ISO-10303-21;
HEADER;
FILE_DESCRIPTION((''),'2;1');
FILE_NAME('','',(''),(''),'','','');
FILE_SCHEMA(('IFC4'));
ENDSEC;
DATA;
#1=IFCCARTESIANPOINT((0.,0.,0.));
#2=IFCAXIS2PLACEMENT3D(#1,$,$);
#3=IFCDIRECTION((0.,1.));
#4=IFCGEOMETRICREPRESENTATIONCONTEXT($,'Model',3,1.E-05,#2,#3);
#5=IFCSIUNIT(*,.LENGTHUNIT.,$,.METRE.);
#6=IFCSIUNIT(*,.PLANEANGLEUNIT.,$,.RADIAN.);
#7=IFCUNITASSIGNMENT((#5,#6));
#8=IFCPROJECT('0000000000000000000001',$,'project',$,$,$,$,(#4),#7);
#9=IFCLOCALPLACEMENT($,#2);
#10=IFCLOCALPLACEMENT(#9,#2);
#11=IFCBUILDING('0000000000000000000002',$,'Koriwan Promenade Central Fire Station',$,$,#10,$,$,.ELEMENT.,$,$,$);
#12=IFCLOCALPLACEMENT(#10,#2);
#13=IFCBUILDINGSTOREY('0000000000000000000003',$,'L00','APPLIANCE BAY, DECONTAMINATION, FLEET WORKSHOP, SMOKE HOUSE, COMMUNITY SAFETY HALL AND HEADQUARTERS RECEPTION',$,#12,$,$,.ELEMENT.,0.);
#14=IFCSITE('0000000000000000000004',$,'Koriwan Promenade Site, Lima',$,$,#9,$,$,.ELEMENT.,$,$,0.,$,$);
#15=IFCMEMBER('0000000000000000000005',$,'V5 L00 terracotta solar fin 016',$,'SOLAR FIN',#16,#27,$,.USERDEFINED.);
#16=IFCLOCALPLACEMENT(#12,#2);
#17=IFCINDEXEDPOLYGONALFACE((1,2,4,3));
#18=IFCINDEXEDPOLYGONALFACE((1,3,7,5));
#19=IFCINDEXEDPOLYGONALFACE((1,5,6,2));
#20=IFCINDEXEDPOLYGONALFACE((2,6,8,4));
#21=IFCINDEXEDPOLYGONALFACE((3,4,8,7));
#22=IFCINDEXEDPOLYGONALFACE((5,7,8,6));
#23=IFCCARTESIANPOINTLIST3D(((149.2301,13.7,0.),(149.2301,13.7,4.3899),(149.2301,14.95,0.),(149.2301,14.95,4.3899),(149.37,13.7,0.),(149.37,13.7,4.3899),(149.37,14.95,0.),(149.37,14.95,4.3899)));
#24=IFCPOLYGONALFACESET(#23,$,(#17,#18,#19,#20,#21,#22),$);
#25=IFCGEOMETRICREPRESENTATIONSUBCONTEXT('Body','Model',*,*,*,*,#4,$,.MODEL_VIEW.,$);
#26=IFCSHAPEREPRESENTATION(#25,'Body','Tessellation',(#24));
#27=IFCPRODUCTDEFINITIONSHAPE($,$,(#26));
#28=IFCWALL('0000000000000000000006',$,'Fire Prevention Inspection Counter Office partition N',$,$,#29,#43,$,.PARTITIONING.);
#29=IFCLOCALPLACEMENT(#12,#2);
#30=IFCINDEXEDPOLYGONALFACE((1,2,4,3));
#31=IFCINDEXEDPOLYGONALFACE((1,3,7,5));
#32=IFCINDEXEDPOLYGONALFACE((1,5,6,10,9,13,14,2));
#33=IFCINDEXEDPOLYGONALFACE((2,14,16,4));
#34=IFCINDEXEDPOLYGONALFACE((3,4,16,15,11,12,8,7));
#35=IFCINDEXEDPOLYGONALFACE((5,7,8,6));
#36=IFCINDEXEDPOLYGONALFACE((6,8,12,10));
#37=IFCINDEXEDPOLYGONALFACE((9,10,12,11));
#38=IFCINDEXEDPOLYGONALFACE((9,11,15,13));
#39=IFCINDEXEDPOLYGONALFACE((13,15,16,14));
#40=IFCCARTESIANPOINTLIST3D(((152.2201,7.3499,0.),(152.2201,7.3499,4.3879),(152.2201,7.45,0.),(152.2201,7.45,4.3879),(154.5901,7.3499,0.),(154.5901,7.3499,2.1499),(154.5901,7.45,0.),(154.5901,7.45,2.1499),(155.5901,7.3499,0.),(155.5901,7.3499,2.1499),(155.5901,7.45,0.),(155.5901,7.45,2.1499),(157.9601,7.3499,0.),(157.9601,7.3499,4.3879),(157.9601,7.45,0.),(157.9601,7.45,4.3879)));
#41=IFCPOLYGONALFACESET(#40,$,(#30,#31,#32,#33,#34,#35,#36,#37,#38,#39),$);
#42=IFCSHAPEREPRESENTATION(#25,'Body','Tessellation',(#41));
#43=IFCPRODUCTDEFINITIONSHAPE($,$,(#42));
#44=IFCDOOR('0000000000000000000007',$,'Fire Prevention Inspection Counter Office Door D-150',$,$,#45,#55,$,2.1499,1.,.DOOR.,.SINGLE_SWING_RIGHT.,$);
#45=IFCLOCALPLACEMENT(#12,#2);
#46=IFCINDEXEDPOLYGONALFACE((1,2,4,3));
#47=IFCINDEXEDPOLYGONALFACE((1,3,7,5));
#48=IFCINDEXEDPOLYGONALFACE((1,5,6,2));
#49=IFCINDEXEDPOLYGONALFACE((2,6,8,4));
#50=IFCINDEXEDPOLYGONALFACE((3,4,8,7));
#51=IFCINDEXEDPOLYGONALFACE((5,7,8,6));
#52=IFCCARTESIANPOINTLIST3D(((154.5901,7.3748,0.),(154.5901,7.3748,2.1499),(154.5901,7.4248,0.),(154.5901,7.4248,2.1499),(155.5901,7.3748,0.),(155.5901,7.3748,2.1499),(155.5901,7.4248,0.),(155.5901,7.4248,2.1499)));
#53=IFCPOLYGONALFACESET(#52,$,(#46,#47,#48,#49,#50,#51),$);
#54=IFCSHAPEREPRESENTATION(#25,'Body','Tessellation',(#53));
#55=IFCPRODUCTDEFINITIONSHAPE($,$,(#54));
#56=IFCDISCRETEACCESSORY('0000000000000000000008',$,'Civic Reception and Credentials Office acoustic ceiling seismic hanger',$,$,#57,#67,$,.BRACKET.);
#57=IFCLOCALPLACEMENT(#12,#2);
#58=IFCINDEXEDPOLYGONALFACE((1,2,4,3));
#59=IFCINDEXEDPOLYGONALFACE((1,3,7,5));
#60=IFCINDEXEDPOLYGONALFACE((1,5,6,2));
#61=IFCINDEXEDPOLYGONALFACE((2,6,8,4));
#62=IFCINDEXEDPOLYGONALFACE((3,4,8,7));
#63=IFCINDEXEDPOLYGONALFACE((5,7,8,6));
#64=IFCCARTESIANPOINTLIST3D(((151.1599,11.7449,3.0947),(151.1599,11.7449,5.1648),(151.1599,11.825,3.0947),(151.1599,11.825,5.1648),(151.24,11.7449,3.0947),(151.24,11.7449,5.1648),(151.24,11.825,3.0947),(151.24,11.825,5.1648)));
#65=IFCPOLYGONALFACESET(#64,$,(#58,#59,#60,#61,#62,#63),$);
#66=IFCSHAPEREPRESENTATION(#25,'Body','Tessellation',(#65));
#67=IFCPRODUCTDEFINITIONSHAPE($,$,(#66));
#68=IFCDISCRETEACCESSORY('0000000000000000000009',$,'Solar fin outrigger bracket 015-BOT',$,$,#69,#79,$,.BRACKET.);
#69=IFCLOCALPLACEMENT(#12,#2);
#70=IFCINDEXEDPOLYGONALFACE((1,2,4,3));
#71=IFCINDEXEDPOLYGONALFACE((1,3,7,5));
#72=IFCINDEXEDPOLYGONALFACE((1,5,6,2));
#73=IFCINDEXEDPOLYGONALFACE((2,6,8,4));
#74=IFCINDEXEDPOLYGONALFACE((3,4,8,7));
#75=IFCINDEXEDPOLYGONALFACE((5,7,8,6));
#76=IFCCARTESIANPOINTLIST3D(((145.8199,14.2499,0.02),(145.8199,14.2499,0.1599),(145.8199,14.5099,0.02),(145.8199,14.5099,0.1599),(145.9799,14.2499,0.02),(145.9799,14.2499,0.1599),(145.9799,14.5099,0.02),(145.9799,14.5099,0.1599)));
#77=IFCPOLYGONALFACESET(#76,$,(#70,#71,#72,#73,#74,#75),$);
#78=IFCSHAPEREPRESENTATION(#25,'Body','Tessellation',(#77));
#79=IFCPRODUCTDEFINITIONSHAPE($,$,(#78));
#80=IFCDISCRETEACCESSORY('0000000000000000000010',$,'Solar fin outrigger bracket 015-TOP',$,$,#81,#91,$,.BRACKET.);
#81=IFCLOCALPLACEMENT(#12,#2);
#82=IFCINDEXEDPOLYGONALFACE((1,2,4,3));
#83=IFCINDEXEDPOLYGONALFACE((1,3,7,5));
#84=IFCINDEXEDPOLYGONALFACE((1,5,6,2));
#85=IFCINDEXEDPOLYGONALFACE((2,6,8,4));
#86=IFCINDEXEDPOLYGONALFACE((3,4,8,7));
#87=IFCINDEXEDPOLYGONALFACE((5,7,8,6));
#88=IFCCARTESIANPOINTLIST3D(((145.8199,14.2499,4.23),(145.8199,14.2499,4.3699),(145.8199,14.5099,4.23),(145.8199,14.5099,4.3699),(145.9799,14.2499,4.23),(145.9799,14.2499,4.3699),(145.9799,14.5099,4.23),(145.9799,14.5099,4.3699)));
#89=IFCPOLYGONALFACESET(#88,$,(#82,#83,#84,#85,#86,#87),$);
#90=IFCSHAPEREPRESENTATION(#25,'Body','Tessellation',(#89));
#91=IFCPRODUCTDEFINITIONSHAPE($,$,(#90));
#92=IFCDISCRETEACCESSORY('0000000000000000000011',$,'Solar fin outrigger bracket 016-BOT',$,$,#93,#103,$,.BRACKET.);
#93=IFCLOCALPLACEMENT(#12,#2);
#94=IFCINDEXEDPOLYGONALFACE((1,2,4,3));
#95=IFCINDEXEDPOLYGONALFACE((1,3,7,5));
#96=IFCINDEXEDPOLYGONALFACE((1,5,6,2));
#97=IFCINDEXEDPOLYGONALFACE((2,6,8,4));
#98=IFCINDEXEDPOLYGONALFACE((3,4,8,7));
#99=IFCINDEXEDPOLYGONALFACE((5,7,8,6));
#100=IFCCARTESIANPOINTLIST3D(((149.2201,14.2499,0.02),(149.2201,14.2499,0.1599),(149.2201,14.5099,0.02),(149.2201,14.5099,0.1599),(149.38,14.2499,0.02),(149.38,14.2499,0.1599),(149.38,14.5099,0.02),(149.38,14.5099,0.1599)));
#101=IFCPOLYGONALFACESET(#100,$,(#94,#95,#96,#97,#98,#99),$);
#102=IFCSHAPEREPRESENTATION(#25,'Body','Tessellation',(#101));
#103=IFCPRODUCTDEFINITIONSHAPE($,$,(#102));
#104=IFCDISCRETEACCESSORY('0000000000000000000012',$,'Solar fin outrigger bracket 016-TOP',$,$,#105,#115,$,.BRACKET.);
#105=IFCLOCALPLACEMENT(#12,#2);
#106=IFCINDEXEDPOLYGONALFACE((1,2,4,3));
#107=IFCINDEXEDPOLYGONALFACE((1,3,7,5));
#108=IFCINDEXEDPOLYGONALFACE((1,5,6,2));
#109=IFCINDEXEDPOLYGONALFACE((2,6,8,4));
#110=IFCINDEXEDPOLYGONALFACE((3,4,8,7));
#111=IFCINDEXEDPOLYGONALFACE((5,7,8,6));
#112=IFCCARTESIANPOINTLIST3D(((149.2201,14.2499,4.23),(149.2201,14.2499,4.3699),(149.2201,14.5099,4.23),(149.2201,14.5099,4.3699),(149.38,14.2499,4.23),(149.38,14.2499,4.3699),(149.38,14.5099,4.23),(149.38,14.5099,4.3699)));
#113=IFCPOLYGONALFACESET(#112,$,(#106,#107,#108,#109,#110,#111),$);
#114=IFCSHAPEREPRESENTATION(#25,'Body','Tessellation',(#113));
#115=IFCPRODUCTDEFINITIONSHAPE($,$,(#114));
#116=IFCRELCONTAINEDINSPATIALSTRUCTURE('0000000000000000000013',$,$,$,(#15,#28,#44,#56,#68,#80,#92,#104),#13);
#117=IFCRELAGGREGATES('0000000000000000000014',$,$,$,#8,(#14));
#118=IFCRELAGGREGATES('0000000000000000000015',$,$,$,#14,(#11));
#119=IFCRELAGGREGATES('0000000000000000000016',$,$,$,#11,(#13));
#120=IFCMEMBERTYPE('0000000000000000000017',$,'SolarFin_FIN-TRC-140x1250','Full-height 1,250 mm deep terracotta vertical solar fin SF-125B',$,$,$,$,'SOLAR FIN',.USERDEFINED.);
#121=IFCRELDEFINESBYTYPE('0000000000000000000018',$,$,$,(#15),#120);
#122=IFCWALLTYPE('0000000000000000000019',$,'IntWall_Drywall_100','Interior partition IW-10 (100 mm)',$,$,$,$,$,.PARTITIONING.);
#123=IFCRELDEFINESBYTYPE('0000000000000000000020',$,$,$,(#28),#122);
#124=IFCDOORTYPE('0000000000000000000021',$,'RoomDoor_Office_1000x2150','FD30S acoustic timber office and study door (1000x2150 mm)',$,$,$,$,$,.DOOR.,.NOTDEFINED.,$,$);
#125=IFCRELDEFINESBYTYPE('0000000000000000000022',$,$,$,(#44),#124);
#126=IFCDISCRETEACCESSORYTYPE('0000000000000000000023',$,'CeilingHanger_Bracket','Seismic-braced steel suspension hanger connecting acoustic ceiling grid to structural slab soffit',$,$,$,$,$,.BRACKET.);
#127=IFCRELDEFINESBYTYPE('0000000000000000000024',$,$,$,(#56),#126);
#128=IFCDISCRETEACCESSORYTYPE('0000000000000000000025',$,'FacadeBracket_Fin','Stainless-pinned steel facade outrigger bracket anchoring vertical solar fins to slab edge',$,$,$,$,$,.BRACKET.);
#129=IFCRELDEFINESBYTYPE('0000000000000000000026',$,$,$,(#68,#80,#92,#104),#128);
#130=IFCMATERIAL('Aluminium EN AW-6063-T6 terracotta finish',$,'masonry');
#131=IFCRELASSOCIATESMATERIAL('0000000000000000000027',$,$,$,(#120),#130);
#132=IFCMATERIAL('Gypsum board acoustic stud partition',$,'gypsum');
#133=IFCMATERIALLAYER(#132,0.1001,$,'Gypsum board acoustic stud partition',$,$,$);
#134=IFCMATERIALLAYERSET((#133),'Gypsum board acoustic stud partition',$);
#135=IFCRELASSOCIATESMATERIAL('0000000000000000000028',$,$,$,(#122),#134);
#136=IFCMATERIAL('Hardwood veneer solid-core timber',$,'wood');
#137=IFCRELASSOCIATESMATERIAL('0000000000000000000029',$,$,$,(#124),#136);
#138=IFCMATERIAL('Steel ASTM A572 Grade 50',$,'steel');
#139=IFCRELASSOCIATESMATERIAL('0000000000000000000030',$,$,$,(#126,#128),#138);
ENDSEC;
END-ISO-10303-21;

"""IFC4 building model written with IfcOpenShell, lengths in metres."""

from ifc_helpers import new_model, si_unit, direction, frame, frame_2d, origin, origin_2d, place, context, subcontext, project, spatial, rectangle, extrude, material, layer, layer_set, material_profile, profile_set, type_object, element, fill, save


model = new_model("IFC4")

# Units and contexts
model_context = context("Model", 3, precision=1e-05, world=origin(), true_north=direction((0.0, 1.0)))
body_context = subcontext(model_context, "Body", "Model", "MODEL_VIEW")
ifc_project = project(units=[si_unit("LENGTHUNIT", "METRE"), si_unit("PLANEANGLEUNIT", "RADIAN")], contexts=[model_context])

# Site, building, storey
site_placement = place(None, origin())
site = spatial("IfcSite", under=ifc_project, at=site_placement, Name="Koriwan Promenade Site, Lima", CompositionType="ELEMENT", RefElevation=0.0)
building_placement = place(site_placement, origin())
building = spatial("IfcBuilding", under=site, at=building_placement, Name="Koriwan Promenade Central Fire Station", CompositionType="ELEMENT")
storey_placement = place(building_placement, origin())
storey = spatial("IfcBuildingStorey", under=building, at=storey_placement, Name="L00", Description="APPLIANCE BAY, DECONTAMINATION, FLEET WORKSHOP, SMOKE HOUSE, COMMUNITY SAFETY HALL AND HEADQUARTERS RECEPTION", CompositionType="ELEMENT", Elevation=0.0)

# Member
ifc_material_1 = material(Name="Aluminium EN AW-6063-T6 terracotta finish", Category="masonry")
ifc_material_profile_1 = material_profile(ifc_material_1, rectangle(XDim=0.1399, YDim=1.25, at=origin_2d()), Name="FIN-TRC-140x1250")
ifc_profile_set_1 = profile_set([ifc_material_profile_1], Name="Aluminium EN AW-6063-T6 terracotta finish")
member_type_1 = type_object("IfcMemberType", Name="SolarFin_FIN-TRC-140x1250", Description="Full-height 1,250 mm deep terracotta vertical solar fin SF-125B", ElementType="SOLAR FIN", PredefinedType="USERDEFINED", material=ifc_profile_set_1)
for number, where, z_axis, x_axis, name in (
    (1, (149.3, 14.325, 0.0), (0.0, 0.0, 1.0), (-1.0, 0.0, 0.0), "V5 L00 terracotta solar fin 016"),
):
    element("IfcMember", number, at=place(storey_placement, frame(where, z_axis=z_axis, x_axis=x_axis)), inside=storey, type_object=member_type_1, Name=name, ObjectType="SOLAR FIN", PredefinedType="USERDEFINED", context=body_context, shape_type="SweptSolid", body=[
        extrude(rectangle(XDim=0.1399, YDim=1.25, at=origin_2d()), origin(), (0.0, 0.0, 1.0), 4.3899),
    ])

# Wall, opening, door
ifc_material_2 = material(Name="Gypsum board acoustic stud partition", Category="gypsum")
ifc_layer_1 = layer(ifc_material_2, 0.1001, Name="Gypsum board acoustic stud partition")
ifc_layer_set_1 = layer_set([ifc_layer_1], Name="Gypsum board acoustic stud partition")
wall_type = type_object("IfcWallType", Name="IntWall_Drywall_100", Description="Interior partition IW-10 (100 mm)", PredefinedType="PARTITIONING", material=ifc_layer_set_1)
wall_placement = place(storey_placement, frame((152.22, 7.3999, 0.0), z_axis=(0.0, 0.0, 1.0), x_axis=(1.0, 0.0, 0.0)))
wall = element("IfcWall", 2, at=wall_placement, inside=storey, type_object=wall_type, Name="Fire Prevention Inspection Counter Office partition N", PredefinedType="PARTITIONING", context=body_context, shape_type="SweptSolid", body=[
    extrude(rectangle(XDim=5.74, YDim=0.1001, at=frame_2d((2.8701, 0.0))), origin(), (0.0, 0.0, 1.0), 4.3879),
])
opening_placement = place(wall_placement, frame((2.3701, 0.0, 0.0)))
opening = element("IfcOpeningElement", 3, at=opening_placement, cuts=wall, PredefinedType="OPENING", context=body_context, shape_type="SweptSolid", body=[
    extrude(rectangle(XDim=1.0, YDim=2.1499, at=frame_2d((0.5, 1.075))), frame((0.0, 0.062, 0.0), z_axis=(0.0, -1.0, 0.0), x_axis=(1.0, 0.0, 0.0)), (0.0, 0.0, 1.0), 0.124),
])
ifc_material_3 = material(Name="Hardwood veneer solid-core timber", Category="wood")
door_type = type_object("IfcDoorType", Name="RoomDoor_Office_1000x2150", Description="FD30S acoustic timber office and study door (1000x2150 mm)", OperationType="NOTDEFINED", PredefinedType="DOOR", material=ifc_material_3)
door_placement = place(opening_placement, origin())
door = element("IfcDoor", 4, at=door_placement, inside=storey, type_object=door_type, Name="Fire Prevention Inspection Counter Office Door D-150", OperationType="SINGLE_SWING_RIGHT", OverallHeight=2.1499, OverallWidth=1.0, PredefinedType="DOOR", context=body_context, shape_type="SweptSolid", body=[
    extrude(rectangle(XDim=1.0, YDim=2.1499, at=frame_2d((0.5, 1.075))), frame((0.0, 0.0249, 0.0), z_axis=(0.0, -1.0, 0.0), x_axis=(1.0, 0.0, 0.0)), (0.0, 0.0, 1.0), 0.05),
])
fill(opening, door)

# Discrete accessories
ifc_material_4 = material(Name="Steel ASTM A572 Grade 50", Category="steel")
discrete_accessory_type_1 = type_object("IfcDiscreteAccessoryType", Name="CeilingHanger_Bracket", Description="Seismic-braced steel suspension hanger connecting acoustic ceiling grid to structural slab soffit", PredefinedType="BRACKET", material=ifc_material_4)
discrete_accessory_placement = place(storey_placement, frame((151.2, 11.7849, 3.0947), z_axis=(0.0, 0.0, 1.0), x_axis=(1.0, 0.0, 0.0)))
element("IfcDiscreteAccessory", 5, at=discrete_accessory_placement, inside=storey, type_object=discrete_accessory_type_1, Name="Civic Reception and Credentials Office acoustic ceiling seismic hanger", PredefinedType="BRACKET", context=body_context, shape_type="SweptSolid", body=[
    extrude(rectangle(XDim=0.0801, YDim=0.0801, at=origin_2d()), origin(), (0.0, 0.0, 1.0), 2.0701),
])
discrete_accessory_type_2 = type_object("IfcDiscreteAccessoryType", Name="FacadeBracket_Fin", Description="Stainless-pinned steel facade outrigger bracket anchoring vertical solar fins to slab edge", PredefinedType="BRACKET", material=ifc_material_4)
for number, where, z_axis, x_axis, name in (
    (6, (145.8999, 14.3799, 0.02), (0.0, 0.0, 1.0), (0.0, -1.0, 0.0), "Solar fin outrigger bracket 015-BOT"),
    (7, (145.8999, 14.3799, 4.23), (0.0, 0.0, 1.0), (0.0, -1.0, 0.0), "Solar fin outrigger bracket 015-TOP"),
    (8, (149.3, 14.3799, 0.02), (0.0, 0.0, 1.0), (0.0, -1.0, 0.0), "Solar fin outrigger bracket 016-BOT"),
    (9, (149.3, 14.3799, 4.23), (0.0, 0.0, 1.0), (0.0, -1.0, 0.0), "Solar fin outrigger bracket 016-TOP"),
):
    element("IfcDiscreteAccessory", number, at=place(storey_placement, frame(where, z_axis=z_axis, x_axis=x_axis)), inside=storey, type_object=discrete_accessory_type_2, Name=name, PredefinedType="BRACKET", context=body_context, shape_type="SweptSolid", body=[
        extrude(rectangle(XDim=0.26, YDim=0.1599, at=origin_2d()), origin(), (0.0, 0.0, 1.0), 0.1399),
    ])

save(model, "model.ifc")
